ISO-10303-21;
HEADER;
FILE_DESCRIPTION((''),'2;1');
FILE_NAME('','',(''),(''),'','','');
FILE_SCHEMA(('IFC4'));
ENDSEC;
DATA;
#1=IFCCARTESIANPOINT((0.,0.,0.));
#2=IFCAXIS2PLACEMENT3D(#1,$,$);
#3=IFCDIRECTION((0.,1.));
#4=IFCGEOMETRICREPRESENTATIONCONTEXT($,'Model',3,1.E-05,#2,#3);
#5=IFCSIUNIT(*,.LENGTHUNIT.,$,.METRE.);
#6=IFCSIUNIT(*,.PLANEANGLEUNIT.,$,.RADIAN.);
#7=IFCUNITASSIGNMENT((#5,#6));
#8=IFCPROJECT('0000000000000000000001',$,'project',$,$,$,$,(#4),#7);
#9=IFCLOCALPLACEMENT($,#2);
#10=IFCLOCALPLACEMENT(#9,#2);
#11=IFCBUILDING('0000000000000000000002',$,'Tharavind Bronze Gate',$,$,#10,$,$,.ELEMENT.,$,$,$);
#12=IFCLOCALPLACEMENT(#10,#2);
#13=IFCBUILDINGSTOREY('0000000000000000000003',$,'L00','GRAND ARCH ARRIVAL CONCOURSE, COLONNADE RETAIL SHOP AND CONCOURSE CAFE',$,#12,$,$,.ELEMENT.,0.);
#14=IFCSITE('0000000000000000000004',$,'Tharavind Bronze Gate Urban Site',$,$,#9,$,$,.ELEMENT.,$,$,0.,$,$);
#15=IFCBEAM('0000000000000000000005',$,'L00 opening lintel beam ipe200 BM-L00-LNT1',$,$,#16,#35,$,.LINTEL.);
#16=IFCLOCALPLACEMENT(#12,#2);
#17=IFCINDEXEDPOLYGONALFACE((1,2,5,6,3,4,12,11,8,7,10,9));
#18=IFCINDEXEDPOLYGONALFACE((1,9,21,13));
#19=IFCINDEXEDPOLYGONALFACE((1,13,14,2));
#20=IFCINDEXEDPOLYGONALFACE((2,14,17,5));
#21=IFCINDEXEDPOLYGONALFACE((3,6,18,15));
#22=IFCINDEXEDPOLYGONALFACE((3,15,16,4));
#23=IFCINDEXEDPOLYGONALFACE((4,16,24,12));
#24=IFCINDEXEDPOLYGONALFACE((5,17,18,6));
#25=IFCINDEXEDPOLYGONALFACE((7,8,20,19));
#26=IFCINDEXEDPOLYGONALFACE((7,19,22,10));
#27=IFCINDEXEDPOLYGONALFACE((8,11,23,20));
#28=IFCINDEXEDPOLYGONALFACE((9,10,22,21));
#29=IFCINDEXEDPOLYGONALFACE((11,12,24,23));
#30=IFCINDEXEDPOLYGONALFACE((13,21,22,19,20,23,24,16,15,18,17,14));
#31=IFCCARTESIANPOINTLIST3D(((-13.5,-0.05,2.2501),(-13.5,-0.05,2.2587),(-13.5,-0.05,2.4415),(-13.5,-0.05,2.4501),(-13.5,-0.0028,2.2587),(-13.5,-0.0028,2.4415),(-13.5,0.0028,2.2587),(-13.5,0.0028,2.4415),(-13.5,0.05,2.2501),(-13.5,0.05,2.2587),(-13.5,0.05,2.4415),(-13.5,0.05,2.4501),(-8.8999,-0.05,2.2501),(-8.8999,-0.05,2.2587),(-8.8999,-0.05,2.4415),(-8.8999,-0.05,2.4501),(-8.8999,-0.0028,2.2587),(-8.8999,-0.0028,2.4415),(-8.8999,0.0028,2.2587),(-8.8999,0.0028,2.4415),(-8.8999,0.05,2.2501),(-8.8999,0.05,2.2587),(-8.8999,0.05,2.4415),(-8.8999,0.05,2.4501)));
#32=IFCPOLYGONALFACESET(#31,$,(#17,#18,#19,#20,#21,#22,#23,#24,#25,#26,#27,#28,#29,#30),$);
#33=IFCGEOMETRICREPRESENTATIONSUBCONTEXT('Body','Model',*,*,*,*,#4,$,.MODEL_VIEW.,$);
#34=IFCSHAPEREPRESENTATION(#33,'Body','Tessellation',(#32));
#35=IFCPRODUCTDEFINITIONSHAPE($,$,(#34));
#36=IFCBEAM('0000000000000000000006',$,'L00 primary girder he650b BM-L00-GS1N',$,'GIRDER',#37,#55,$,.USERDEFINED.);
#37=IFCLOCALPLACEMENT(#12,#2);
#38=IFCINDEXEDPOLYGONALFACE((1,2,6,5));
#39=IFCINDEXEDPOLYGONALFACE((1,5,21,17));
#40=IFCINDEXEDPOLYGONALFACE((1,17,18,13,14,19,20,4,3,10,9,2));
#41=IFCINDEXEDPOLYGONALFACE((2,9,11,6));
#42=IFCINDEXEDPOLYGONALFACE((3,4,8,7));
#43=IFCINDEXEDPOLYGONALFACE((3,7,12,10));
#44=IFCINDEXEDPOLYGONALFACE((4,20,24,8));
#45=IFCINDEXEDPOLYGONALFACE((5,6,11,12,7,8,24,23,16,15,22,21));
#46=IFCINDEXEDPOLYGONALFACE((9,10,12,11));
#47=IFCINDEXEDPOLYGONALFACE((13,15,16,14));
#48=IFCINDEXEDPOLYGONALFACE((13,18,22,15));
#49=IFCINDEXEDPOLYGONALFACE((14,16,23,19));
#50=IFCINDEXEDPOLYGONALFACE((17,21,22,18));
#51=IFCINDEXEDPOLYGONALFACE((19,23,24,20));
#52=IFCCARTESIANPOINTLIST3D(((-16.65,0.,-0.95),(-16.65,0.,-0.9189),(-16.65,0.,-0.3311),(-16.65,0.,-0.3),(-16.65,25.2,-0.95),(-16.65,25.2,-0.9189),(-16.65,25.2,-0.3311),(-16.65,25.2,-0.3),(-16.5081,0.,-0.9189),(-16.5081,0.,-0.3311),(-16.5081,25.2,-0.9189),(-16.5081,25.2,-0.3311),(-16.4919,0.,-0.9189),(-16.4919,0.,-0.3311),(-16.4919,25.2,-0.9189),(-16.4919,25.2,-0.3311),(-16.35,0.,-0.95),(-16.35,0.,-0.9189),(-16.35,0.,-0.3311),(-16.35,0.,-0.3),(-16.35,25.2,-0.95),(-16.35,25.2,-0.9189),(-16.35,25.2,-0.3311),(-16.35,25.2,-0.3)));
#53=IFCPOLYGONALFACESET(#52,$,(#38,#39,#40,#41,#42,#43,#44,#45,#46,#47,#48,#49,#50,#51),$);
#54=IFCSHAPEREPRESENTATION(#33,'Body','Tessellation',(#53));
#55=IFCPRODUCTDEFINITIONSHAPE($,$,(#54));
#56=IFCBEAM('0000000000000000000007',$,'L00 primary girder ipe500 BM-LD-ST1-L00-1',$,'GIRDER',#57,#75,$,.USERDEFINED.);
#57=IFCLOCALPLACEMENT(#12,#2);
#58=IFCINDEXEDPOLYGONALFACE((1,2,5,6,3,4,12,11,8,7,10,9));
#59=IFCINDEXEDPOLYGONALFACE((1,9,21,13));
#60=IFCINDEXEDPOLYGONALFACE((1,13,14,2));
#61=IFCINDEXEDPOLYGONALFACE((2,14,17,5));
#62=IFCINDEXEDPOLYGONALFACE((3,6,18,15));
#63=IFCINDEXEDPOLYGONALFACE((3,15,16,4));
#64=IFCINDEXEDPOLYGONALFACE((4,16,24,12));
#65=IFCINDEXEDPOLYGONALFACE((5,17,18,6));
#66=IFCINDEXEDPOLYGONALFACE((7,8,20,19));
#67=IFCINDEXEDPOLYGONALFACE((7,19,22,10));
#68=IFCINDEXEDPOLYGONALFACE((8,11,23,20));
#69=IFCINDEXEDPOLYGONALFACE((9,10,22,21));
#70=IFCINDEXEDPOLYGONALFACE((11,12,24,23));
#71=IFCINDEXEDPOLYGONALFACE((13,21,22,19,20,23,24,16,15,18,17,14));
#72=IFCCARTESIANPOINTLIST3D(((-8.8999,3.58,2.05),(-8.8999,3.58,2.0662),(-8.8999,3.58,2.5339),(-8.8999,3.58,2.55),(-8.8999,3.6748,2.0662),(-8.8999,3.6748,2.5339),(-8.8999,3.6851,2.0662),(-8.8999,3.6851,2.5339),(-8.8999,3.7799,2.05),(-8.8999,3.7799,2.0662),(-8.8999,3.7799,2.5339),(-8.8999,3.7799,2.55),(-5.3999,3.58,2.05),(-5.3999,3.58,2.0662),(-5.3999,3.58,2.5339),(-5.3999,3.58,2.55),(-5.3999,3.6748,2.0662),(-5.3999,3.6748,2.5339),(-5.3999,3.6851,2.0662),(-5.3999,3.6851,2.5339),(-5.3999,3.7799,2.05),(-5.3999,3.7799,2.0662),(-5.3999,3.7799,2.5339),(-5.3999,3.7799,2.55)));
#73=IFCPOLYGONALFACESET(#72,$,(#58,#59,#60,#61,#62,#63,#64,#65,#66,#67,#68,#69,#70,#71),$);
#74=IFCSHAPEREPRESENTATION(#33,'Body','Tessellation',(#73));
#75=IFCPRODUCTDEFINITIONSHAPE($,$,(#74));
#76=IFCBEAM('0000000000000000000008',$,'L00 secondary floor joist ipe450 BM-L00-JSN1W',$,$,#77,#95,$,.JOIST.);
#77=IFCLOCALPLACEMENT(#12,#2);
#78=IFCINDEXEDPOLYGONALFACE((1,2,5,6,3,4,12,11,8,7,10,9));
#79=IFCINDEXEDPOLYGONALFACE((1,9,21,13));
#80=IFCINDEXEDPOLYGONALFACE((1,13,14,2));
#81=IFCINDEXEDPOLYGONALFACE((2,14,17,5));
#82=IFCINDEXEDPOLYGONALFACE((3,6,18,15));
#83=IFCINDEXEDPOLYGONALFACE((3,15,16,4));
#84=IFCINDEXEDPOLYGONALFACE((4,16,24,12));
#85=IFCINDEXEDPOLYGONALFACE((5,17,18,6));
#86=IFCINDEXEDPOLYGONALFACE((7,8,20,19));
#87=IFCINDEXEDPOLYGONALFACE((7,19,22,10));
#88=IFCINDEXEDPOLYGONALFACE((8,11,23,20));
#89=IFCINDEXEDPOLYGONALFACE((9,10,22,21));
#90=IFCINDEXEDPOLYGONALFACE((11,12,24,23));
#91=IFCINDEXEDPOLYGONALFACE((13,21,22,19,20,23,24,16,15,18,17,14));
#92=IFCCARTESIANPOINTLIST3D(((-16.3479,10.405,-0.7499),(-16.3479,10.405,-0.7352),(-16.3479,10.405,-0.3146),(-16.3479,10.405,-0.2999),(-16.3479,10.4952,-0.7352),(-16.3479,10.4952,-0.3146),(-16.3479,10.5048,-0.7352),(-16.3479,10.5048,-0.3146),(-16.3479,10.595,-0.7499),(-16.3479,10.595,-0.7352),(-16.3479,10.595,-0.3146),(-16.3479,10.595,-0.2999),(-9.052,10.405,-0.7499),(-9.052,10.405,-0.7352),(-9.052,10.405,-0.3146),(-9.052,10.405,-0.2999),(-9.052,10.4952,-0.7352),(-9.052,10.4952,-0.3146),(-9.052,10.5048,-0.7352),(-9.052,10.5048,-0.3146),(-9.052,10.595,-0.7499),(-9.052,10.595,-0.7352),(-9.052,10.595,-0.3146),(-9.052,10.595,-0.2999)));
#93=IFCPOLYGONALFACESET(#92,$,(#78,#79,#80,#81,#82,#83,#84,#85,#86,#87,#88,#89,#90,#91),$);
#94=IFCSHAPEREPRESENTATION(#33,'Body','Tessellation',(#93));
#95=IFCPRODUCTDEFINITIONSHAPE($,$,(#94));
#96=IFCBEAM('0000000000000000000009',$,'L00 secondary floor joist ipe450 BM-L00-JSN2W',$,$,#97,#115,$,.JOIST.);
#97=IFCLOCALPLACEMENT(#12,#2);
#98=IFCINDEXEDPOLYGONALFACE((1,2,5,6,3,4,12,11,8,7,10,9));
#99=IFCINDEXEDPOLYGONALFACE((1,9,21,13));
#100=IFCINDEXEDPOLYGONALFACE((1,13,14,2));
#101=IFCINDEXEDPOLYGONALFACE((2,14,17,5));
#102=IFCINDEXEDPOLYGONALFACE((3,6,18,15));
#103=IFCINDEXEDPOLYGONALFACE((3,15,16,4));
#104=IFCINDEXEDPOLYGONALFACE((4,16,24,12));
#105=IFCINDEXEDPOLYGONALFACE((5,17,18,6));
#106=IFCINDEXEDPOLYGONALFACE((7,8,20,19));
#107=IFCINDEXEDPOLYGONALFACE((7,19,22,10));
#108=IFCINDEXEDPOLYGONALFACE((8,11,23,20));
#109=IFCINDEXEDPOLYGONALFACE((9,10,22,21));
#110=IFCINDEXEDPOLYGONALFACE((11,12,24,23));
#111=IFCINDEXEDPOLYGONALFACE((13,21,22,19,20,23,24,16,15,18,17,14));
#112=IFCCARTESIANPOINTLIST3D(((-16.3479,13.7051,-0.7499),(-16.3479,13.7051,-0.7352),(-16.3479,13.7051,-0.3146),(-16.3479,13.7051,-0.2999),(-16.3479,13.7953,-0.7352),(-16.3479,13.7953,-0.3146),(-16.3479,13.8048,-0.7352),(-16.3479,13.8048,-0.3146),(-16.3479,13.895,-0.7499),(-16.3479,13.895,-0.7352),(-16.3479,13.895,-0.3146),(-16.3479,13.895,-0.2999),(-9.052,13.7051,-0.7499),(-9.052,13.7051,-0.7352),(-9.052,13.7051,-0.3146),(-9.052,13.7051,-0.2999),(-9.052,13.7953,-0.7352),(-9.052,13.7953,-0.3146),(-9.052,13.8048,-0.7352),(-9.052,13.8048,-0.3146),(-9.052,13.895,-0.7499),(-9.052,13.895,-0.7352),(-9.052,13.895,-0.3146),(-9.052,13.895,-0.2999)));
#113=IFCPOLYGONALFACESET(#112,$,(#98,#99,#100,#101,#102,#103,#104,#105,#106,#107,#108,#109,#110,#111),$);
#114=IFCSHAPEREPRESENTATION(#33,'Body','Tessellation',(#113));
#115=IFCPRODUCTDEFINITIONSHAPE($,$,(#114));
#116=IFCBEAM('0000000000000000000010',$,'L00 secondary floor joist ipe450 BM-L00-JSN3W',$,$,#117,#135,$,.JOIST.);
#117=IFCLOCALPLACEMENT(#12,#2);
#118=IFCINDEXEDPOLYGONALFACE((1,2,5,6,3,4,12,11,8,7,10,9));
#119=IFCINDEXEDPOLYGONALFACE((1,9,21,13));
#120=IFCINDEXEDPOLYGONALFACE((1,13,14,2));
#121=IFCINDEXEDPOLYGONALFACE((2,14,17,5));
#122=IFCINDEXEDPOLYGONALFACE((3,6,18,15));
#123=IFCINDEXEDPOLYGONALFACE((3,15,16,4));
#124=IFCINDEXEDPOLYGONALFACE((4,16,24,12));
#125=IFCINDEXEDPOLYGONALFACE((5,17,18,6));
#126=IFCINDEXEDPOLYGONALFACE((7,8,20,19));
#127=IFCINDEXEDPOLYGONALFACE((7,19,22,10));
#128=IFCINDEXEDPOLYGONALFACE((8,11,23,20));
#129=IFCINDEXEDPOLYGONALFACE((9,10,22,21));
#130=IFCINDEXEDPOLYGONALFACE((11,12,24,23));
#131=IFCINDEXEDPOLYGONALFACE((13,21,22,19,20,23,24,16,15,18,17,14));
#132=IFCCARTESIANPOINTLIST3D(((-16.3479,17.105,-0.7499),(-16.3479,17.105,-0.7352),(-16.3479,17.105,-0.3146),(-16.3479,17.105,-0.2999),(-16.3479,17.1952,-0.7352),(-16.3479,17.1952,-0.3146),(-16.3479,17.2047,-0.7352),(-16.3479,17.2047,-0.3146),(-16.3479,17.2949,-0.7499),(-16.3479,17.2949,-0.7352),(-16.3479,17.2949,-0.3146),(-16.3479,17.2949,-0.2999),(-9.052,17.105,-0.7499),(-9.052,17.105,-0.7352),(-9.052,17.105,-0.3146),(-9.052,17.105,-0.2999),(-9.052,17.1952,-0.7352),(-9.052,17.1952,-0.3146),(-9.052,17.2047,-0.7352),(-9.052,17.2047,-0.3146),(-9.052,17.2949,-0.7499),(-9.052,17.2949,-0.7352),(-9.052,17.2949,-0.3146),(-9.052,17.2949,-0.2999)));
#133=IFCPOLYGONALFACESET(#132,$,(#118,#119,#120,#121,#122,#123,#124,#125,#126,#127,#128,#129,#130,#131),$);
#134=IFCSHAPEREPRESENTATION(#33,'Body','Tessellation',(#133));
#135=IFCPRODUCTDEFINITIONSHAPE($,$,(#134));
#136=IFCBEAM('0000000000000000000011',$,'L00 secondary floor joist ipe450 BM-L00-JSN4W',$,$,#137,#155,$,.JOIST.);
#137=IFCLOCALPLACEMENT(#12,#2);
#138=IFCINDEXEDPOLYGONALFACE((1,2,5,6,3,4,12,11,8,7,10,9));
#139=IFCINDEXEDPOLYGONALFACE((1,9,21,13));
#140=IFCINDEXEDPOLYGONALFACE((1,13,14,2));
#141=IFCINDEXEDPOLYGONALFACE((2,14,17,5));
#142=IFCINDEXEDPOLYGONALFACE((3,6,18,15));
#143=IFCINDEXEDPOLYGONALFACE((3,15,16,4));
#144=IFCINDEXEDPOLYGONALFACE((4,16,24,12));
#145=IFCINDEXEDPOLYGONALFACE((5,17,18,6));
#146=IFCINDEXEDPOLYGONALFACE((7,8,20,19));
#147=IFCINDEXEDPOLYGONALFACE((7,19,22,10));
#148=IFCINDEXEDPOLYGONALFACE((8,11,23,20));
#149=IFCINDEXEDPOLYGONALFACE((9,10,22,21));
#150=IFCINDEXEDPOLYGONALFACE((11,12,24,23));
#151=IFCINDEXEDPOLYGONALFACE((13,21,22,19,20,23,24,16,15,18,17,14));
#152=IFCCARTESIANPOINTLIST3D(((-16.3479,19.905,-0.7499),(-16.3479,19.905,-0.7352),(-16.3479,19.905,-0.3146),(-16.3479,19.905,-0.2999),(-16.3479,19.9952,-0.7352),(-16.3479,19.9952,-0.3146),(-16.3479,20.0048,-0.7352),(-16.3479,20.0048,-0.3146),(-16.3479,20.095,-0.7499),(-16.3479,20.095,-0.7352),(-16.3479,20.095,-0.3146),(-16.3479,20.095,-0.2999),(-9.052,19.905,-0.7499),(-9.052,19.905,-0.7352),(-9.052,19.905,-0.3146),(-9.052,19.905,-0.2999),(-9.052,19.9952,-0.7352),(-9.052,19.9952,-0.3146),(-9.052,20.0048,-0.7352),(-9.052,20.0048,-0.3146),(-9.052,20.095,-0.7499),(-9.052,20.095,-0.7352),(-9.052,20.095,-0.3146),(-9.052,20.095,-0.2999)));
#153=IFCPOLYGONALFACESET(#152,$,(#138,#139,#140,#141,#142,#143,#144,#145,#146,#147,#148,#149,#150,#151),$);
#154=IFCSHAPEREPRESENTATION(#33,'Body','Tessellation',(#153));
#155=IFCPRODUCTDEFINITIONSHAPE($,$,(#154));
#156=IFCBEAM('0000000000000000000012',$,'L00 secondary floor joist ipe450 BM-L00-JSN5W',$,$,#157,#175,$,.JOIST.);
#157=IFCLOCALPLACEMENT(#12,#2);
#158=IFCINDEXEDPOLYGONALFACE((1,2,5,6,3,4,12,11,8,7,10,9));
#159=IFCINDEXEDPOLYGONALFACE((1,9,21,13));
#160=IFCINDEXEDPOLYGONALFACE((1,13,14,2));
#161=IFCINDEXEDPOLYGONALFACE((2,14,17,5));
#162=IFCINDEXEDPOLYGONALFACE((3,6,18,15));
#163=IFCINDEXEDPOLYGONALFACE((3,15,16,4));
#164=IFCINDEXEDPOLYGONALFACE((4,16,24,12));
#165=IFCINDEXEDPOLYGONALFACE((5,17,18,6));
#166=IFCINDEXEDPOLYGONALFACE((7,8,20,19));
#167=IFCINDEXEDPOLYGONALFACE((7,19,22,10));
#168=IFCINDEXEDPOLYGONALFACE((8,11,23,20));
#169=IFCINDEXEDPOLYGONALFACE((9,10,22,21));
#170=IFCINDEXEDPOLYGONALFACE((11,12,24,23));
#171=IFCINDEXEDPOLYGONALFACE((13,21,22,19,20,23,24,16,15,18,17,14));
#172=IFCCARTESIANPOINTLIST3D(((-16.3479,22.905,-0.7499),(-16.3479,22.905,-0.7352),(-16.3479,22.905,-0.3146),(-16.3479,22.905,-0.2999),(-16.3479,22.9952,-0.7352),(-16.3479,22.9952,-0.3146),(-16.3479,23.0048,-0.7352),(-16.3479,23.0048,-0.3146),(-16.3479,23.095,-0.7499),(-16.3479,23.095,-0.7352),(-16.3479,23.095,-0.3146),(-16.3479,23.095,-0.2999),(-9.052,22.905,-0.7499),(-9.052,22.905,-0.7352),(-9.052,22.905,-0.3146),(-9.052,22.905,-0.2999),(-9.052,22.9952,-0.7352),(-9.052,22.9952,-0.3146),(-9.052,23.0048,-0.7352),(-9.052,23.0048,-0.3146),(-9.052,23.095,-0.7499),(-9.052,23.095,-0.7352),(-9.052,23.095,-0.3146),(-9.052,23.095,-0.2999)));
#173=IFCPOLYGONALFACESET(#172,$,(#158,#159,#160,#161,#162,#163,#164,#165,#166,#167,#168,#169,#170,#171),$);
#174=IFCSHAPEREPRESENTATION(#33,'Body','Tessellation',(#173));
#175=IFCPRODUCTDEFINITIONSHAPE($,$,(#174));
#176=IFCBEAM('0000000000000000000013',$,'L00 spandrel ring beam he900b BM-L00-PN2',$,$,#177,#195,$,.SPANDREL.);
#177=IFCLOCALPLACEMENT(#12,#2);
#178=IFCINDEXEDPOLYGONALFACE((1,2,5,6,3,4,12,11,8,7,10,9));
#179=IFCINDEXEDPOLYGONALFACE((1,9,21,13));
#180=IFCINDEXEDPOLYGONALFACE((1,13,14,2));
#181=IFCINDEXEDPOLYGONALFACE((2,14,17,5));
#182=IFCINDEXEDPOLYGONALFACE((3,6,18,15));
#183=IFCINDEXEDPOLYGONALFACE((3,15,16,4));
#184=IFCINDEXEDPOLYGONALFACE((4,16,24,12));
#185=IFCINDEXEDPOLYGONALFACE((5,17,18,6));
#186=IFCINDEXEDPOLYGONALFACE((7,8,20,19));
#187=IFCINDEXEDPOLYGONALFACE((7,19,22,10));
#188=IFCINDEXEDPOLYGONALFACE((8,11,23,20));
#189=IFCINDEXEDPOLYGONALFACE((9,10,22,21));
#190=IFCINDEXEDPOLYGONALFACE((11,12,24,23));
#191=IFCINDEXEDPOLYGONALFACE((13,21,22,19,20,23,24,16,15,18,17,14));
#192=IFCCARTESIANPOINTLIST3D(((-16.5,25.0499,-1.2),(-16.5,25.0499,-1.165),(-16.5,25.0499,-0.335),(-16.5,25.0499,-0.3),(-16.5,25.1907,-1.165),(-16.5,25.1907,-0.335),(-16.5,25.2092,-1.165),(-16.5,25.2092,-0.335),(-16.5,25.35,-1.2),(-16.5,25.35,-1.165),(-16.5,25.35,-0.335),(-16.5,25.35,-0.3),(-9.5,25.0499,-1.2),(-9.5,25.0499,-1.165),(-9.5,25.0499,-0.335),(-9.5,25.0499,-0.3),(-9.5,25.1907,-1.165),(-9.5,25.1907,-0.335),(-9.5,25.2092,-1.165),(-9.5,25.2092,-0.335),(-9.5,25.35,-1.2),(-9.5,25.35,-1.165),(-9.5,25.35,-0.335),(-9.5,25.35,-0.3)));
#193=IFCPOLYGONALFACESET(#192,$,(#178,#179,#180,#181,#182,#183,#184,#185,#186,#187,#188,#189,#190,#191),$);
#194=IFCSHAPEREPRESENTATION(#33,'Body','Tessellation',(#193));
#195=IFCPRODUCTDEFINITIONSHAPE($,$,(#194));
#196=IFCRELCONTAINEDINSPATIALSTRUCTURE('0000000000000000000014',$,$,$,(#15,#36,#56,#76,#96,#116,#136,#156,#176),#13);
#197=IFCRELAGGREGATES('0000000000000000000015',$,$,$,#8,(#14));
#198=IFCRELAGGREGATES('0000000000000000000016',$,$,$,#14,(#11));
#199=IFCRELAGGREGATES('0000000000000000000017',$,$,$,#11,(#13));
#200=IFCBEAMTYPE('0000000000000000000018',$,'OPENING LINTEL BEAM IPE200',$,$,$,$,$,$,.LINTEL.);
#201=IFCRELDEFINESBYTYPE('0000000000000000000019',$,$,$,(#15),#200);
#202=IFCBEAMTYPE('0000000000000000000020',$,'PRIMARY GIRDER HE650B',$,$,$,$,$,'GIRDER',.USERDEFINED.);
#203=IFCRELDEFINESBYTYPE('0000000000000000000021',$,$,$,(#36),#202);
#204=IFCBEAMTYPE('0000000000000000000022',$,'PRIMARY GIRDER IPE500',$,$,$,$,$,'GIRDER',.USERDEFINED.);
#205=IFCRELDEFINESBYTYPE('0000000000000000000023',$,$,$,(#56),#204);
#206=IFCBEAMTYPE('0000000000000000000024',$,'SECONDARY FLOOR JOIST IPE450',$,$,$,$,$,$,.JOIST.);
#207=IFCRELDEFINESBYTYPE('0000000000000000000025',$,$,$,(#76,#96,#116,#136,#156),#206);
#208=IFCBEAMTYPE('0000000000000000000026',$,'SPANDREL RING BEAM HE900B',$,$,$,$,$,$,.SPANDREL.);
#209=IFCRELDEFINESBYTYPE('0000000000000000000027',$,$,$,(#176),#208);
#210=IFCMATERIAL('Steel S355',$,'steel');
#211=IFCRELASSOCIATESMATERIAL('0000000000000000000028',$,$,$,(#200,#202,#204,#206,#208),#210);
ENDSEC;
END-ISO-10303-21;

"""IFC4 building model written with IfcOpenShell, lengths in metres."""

from ifc_helpers import new_model, si_unit, direction, frame, origin, origin_2d, place, context, subcontext, project, spatial, i_section, extrude, material, material_profile, profile_set, type_object, element, save


model = new_model("IFC4")

# Units and contexts
model_context = context("Model", 3, precision=1e-05, world=origin(), true_north=direction((0.0, 1.0)))
body_context = subcontext(model_context, "Body", "Model", "MODEL_VIEW")
ifc_project = project(units=[si_unit("LENGTHUNIT", "METRE"), si_unit("PLANEANGLEUNIT", "RADIAN")], contexts=[model_context])

# Site, building, storey
site_placement = place(None, origin())
site = spatial("IfcSite", under=ifc_project, at=site_placement, Name="Tharavind Bronze Gate Urban Site", CompositionType="ELEMENT", RefElevation=0.0)
building_placement = place(site_placement, origin())
building = spatial("IfcBuilding", under=site, at=building_placement, Name="Tharavind Bronze Gate", CompositionType="ELEMENT")
storey_placement = place(building_placement, origin())
storey = spatial("IfcBuildingStorey", under=building, at=storey_placement, Name="L00", Description="GRAND ARCH ARRIVAL CONCOURSE, COLONNADE RETAIL SHOP AND CONCOURSE CAFE", CompositionType="ELEMENT", Elevation=0.0)

# Shared definitions
ifc_material_1 = material(Name="Steel S355", Category="steel")

# Beams
ifc_material_profile_1 = material_profile(ifc_material_1, i_section(OverallWidth=0.1001, OverallDepth=0.2, WebThickness=0.0056, FlangeThickness=0.0085, at=origin_2d()), Name="IPE200")
ifc_profile_set_1 = profile_set([ifc_material_profile_1], Name="Steel S355")
beam_type_1 = type_object("IfcBeamType", Name="OPENING LINTEL BEAM IPE200", PredefinedType="LINTEL", material=ifc_profile_set_1)
beam_1_placement = place(storey_placement, frame((-13.5, 0.0, 2.3501), z_axis=(1.0, 0.0, 0.0), x_axis=(0.0, 1.0, 0.0)))
element("IfcBeam", 1, at=beam_1_placement, inside=storey, type_object=beam_type_1, Name="L00 opening lintel beam ipe200 BM-L00-LNT1", PredefinedType="LINTEL", context=body_context, shape_type="SweptSolid", body=[
    extrude(i_section(OverallWidth=0.1001, OverallDepth=0.2, WebThickness=0.0056, FlangeThickness=0.0085, at=origin_2d()), origin(), (0.0, 0.0, 1.0), 4.6001),
])
ifc_material_profile_2 = material_profile(ifc_material_1, i_section(OverallWidth=0.3, OverallDepth=0.6499, WebThickness=0.0161, FlangeThickness=0.031, at=origin_2d()), Name="HE650B")
ifc_profile_set_2 = profile_set([ifc_material_profile_2], Name="Steel S355")
beam_type_2 = type_object("IfcBeamType", Name="PRIMARY GIRDER HE650B", ElementType="GIRDER", PredefinedType="USERDEFINED", material=ifc_profile_set_2)
beam_2_placement = place(storey_placement, frame((-16.5, 0.0, -0.625), z_axis=(0.0, 1.0, 0.0), x_axis=(-1.0, 0.0, 0.0)))
element("IfcBeam", 2, at=beam_2_placement, inside=storey, type_object=beam_type_2, Name="L00 primary girder he650b BM-L00-GS1N", ObjectType="GIRDER", PredefinedType="USERDEFINED", context=body_context, shape_type="SweptSolid", body=[
    extrude(i_section(OverallWidth=0.3, OverallDepth=0.6499, WebThickness=0.0161, FlangeThickness=0.031, at=origin_2d()), origin(), (0.0, 0.0, 1.0), 25.2),
])
ifc_material_profile_3 = material_profile(ifc_material_1, i_section(OverallWidth=0.2, OverallDepth=0.5, WebThickness=0.0103, FlangeThickness=0.0161, at=origin_2d()), Name="IPE500")
ifc_profile_set_3 = profile_set([ifc_material_profile_3], Name="Steel S355")
beam_type_3 = type_object("IfcBeamType", Name="PRIMARY GIRDER IPE500", ElementType="GIRDER", PredefinedType="USERDEFINED", material=ifc_profile_set_3)
beam_3_placement = place(storey_placement, frame((-8.8999, 3.6799, 2.3), z_axis=(1.0, 0.0, 0.0), x_axis=(0.0, 1.0, 0.0)))
element("IfcBeam", 3, at=beam_3_placement, inside=storey, type_object=beam_type_3, Name="L00 primary girder ipe500 BM-LD-ST1-L00-1", ObjectType="GIRDER", PredefinedType="USERDEFINED", context=body_context, shape_type="SweptSolid", body=[
    extrude(i_section(OverallWidth=0.2, OverallDepth=0.5, WebThickness=0.0103, FlangeThickness=0.0161, at=origin_2d()), origin(), (0.0, 0.0, 1.0), 3.5),
])
ifc_material_profile_4 = material_profile(ifc_material_1, i_section(OverallWidth=0.1899, OverallDepth=0.45, WebThickness=0.0095, FlangeThickness=0.0146, at=origin_2d()), Name="IPE450")
ifc_profile_set_4 = profile_set([ifc_material_profile_4], Name="Steel S355")
beam_type_4 = type_object("IfcBeamType", Name="SECONDARY FLOOR JOIST IPE450", PredefinedType="JOIST", material=ifc_profile_set_4)
for number, where, z_axis, x_axis, name in (
    (4, (-16.3479, 10.5, -0.5249), (1.0, 0.0, 0.0), (0.0, 1.0, 0.0), "L00 secondary floor joist ipe450 BM-L00-JSN1W"),
    (5, (-16.3479, 13.8, -0.5249), (1.0, 0.0, 0.0), (0.0, 1.0, 0.0), "L00 secondary floor joist ipe450 BM-L00-JSN2W"),
    (6, (-16.3479, 17.2, -0.5249), (1.0, 0.0, 0.0), (0.0, 1.0, 0.0), "L00 secondary floor joist ipe450 BM-L00-JSN3W"),
    (7, (-16.3479, 20.0, -0.5249), (1.0, 0.0, 0.0), (0.0, 1.0, 0.0), "L00 secondary floor joist ipe450 BM-L00-JSN4W"),
    (8, (-16.3479, 23.0, -0.5249), (1.0, 0.0, 0.0), (0.0, 1.0, 0.0), "L00 secondary floor joist ipe450 BM-L00-JSN5W"),
):
    element("IfcBeam", number, at=place(storey_placement, frame(where, z_axis=z_axis, x_axis=x_axis)), inside=storey, type_object=beam_type_4, Name=name, PredefinedType="JOIST", context=body_context, shape_type="SweptSolid", body=[
        extrude(i_section(OverallWidth=0.1899, OverallDepth=0.45, WebThickness=0.0095, FlangeThickness=0.0146, at=origin_2d()), origin(), (0.0, 0.0, 1.0), 7.2959),
    ])
ifc_material_profile_5 = material_profile(ifc_material_1, i_section(OverallWidth=0.3, OverallDepth=0.8999, WebThickness=0.0186, FlangeThickness=0.0349, at=origin_2d()), Name="HE900B")
ifc_profile_set_5 = profile_set([ifc_material_profile_5], Name="Steel S355")
beam_type_5 = type_object("IfcBeamType", Name="SPANDREL RING BEAM HE900B", PredefinedType="SPANDREL", material=ifc_profile_set_5)
beam_4_placement = place(storey_placement, frame((-16.5, 25.2, -0.75), z_axis=(1.0, 0.0, 0.0), x_axis=(0.0, 1.0, 0.0)))
element("IfcBeam", 9, at=beam_4_placement, inside=storey, type_object=beam_type_5, Name="L00 spandrel ring beam he900b BM-L00-PN2", PredefinedType="SPANDREL", context=body_context, shape_type="SweptSolid", body=[
    extrude(i_section(OverallWidth=0.3, OverallDepth=0.8999, WebThickness=0.0186, FlangeThickness=0.0349, at=origin_2d()), origin(), (0.0, 0.0, 1.0), 7.0),
])

save(model, "model.ifc")
